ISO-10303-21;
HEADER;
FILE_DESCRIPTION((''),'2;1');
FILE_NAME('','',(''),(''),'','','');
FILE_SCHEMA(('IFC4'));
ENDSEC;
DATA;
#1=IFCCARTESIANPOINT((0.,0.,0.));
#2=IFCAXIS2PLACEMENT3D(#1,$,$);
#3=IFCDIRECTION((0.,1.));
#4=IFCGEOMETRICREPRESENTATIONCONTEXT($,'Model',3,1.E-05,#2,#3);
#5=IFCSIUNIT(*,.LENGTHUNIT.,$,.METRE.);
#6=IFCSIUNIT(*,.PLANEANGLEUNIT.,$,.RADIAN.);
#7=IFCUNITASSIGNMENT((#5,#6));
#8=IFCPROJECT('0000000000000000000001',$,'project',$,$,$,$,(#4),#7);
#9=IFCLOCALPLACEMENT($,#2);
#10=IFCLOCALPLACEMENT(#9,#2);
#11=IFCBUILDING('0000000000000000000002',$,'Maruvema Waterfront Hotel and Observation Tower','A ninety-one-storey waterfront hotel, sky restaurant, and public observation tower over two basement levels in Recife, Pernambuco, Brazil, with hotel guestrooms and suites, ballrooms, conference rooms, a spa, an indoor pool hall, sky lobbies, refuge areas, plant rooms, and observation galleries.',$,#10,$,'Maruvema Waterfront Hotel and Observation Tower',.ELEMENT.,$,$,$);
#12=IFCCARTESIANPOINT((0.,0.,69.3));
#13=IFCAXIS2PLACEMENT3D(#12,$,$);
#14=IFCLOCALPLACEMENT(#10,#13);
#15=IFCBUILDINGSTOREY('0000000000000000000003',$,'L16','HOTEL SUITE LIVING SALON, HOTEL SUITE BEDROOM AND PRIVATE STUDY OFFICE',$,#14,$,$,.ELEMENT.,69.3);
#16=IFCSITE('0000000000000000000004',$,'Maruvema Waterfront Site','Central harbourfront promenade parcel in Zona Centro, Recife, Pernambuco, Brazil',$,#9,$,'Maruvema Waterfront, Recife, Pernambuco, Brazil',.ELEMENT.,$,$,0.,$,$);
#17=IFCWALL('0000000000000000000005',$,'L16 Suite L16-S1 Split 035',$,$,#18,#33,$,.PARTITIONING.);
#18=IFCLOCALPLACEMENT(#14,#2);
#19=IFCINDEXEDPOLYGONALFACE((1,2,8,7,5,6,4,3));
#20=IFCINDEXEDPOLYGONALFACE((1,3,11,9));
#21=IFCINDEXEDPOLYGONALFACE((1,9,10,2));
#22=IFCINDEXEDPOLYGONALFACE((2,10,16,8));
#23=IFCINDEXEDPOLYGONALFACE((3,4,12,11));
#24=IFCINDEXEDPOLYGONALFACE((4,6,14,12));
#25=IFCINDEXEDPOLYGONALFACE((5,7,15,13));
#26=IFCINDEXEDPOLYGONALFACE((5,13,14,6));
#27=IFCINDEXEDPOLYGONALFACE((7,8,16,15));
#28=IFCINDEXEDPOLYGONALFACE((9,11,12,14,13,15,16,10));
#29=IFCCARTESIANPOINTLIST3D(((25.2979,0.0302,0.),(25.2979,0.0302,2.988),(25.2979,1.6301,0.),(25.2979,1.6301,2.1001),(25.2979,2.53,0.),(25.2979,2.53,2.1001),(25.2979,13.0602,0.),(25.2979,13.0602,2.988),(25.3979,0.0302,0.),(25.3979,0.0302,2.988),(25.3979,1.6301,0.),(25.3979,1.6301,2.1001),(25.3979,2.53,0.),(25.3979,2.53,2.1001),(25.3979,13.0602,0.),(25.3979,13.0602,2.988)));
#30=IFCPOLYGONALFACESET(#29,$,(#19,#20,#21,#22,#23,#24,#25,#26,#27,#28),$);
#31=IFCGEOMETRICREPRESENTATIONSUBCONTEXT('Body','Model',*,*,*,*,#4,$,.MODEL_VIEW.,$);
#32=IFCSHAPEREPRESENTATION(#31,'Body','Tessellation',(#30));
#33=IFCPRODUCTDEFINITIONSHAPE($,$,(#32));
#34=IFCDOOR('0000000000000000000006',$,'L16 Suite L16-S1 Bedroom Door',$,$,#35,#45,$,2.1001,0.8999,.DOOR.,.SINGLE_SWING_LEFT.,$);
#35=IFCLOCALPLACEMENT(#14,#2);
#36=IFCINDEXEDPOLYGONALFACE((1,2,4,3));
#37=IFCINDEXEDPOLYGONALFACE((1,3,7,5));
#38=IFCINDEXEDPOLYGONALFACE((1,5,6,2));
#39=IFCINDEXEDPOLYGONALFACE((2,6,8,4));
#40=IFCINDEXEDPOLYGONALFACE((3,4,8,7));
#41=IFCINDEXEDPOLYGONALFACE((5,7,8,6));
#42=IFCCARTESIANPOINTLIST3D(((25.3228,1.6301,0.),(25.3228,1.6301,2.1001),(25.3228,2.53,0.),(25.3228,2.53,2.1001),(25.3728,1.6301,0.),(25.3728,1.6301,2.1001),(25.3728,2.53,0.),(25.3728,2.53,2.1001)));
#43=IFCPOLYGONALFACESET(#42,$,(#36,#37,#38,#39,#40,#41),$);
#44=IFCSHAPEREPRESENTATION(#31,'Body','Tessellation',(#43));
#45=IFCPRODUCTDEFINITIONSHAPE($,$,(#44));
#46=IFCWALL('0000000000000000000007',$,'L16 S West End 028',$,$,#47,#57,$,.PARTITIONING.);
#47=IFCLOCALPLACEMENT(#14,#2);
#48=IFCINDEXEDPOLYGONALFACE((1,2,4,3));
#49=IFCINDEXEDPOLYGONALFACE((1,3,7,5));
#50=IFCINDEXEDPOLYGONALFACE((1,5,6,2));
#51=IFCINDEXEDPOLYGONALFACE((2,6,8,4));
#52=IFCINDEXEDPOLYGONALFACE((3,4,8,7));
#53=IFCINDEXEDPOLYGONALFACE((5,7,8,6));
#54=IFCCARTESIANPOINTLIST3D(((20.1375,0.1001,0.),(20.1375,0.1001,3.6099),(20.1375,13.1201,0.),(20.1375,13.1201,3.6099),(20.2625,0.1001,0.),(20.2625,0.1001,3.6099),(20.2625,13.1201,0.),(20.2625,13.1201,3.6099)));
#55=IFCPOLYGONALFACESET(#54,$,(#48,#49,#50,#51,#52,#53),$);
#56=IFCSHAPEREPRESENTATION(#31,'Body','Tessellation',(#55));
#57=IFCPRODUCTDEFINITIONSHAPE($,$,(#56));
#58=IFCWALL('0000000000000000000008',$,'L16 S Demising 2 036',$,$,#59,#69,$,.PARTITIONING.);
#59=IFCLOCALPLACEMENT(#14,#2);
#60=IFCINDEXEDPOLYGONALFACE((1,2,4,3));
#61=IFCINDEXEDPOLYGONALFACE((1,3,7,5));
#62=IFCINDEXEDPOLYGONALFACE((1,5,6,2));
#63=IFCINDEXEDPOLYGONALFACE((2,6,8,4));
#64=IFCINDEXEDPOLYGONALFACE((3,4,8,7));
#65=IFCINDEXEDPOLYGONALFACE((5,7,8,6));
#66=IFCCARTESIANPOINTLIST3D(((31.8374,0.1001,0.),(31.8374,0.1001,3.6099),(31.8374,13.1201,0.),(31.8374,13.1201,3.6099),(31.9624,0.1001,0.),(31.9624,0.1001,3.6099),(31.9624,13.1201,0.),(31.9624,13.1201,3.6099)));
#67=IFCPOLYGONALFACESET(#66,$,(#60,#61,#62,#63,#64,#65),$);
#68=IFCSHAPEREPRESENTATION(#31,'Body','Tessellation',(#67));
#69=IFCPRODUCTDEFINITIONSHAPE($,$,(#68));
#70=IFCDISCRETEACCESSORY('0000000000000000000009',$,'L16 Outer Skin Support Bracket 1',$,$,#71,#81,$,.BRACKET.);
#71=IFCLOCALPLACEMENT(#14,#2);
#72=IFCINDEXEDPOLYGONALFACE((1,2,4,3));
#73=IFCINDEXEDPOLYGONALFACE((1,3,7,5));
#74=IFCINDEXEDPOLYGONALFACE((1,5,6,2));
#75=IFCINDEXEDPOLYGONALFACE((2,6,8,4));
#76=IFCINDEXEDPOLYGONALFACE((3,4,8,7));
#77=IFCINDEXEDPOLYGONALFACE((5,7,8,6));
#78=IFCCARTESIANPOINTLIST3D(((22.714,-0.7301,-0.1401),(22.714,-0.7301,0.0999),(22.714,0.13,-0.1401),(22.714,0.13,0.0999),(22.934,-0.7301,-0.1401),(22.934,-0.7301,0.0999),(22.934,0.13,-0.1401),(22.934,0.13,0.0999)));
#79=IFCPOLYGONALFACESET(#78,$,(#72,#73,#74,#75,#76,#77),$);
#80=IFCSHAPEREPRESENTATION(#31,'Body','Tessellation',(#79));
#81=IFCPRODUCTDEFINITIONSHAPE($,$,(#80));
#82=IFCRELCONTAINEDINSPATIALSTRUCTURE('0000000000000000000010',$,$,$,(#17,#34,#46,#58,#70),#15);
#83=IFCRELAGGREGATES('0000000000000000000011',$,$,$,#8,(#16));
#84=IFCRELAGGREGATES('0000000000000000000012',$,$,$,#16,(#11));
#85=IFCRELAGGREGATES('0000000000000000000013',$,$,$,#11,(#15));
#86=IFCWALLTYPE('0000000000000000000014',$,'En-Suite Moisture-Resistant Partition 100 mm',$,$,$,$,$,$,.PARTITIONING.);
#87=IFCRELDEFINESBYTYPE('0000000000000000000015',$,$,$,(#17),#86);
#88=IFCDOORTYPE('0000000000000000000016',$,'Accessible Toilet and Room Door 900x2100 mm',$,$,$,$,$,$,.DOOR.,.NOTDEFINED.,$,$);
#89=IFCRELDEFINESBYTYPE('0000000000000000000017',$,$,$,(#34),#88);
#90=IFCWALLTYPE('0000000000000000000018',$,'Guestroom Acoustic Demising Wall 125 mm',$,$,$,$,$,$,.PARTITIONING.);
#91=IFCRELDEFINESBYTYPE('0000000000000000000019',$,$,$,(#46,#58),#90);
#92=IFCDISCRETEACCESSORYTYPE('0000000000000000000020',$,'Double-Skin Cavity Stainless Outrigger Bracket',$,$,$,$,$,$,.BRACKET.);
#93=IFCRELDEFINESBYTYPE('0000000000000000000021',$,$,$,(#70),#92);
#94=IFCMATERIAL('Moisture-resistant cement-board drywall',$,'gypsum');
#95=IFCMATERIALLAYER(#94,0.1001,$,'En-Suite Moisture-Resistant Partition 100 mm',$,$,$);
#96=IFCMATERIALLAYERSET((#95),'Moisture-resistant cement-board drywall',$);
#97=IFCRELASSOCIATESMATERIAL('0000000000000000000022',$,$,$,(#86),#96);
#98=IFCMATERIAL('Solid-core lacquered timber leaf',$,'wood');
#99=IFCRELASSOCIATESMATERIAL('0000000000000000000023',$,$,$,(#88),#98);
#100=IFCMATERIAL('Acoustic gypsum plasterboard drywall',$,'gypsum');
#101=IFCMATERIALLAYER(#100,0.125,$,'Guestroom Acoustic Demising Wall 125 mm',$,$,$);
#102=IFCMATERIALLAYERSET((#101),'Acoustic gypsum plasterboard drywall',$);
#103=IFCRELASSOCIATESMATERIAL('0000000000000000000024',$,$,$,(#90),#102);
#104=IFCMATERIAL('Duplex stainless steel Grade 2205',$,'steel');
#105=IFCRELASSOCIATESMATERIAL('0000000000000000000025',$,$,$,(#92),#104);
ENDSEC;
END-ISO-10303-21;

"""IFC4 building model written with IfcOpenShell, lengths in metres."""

from ifc_helpers import new_model, si_unit, direction, frame, frame_2d, origin, origin_2d, place, context, subcontext, project, spatial, rectangle, extrude, material, layer, layer_set, type_object, element, fill, save


model = new_model("IFC4")

# Units and contexts
model_context = context("Model", 3, precision=1e-05, world=origin(), true_north=direction((0.0, 1.0)))
body_context = subcontext(model_context, "Body", "Model", "MODEL_VIEW")
ifc_project = project(units=[si_unit("LENGTHUNIT", "METRE"), si_unit("PLANEANGLEUNIT", "RADIAN")], contexts=[model_context])

# Site, building, storey
site_placement = place(None, origin())
site = spatial("IfcSite", under=ifc_project, at=site_placement, Name="Maruvema Waterfront Site", Description="Central harbourfront promenade parcel in Zona Centro, Recife, Pernambuco, Brazil", LongName="Maruvema Waterfront, Recife, Pernambuco, Brazil", CompositionType="ELEMENT", RefElevation=0.0)
building_placement = place(site_placement, origin())
building = spatial("IfcBuilding", under=site, at=building_placement, Name="Maruvema Waterfront Hotel and Observation Tower", Description="A ninety-one-storey waterfront hotel, sky restaurant, and public observation tower over two basement levels in Recife, Pernambuco, Brazil, with hotel guestrooms and suites, ballrooms, conference rooms, a spa, an indoor pool hall, sky lobbies, refuge areas, plant rooms, and observation galleries.", LongName="Maruvema Waterfront Hotel and Observation Tower", CompositionType="ELEMENT")
storey_placement = place(building_placement, frame((0.0, 0.0, 69.3)))
storey = spatial("IfcBuildingStorey", under=building, at=storey_placement, Name="L16", Description="HOTEL SUITE LIVING SALON, HOTEL SUITE BEDROOM AND PRIVATE STUDY OFFICE", CompositionType="ELEMENT", Elevation=69.3)

# Wall, opening, door
ifc_material_1 = material(Name="Moisture-resistant cement-board drywall", Category="gypsum")
ifc_layer_1 = layer(ifc_material_1, 0.1001, Name="En-Suite Moisture-Resistant Partition 100 mm")
ifc_layer_set_1 = layer_set([ifc_layer_1], Name="Moisture-resistant cement-board drywall")
wall_type_1 = type_object("IfcWallType", Name="En-Suite Moisture-Resistant Partition 100 mm", PredefinedType="PARTITIONING", material=ifc_layer_set_1)
wall_placement = place(storey_placement, frame((25.3479, 0.03, 0.0), z_axis=(0.0, 0.0, 1.0), x_axis=(0.0, 1.0, 0.0)))
wall = element("IfcWall", 1, at=wall_placement, inside=storey, type_object=wall_type_1, Name="L16 Suite L16-S1 Split 035", PredefinedType="PARTITIONING", context=body_context, shape_type="SweptSolid", body=[
    extrude(rectangle(XDim=13.03, YDim=0.1001, at=frame_2d((6.5151, 0.0))), origin(), (0.0, 0.0, 1.0), 2.988),
])
opening_placement = place(wall_placement, frame((1.6001, 0.0, 0.0)))
opening = element("IfcOpeningElement", 2, at=opening_placement, cuts=wall, PredefinedType="OPENING", context=body_context, shape_type="SweptSolid", body=[
    extrude(rectangle(XDim=0.8999, YDim=2.1001, at=frame_2d((0.45, 1.05))), frame((0.0, 0.0601, 0.0), z_axis=(0.0, -1.0, 0.0), x_axis=(1.0, 0.0, 0.0)), (0.0, 0.0, 1.0), 0.1201),
])
ifc_material_2 = material(Name="Solid-core lacquered timber leaf", Category="wood")
door_type = type_object("IfcDoorType", Name="Accessible Toilet and Room Door 900x2100 mm", OperationType="NOTDEFINED", PredefinedType="DOOR", material=ifc_material_2)
door_placement = place(opening_placement, frame((0.8999, 0.0, 0.0), z_axis=(0.0, 0.0, 1.0), x_axis=(-1.0, 0.0, 0.0)))
door = element("IfcDoor", 3, at=door_placement, inside=storey, type_object=door_type, Name="L16 Suite L16-S1 Bedroom Door", OperationType="SINGLE_SWING_LEFT", OverallHeight=2.1001, OverallWidth=0.8999, PredefinedType="DOOR", context=body_context, shape_type="SweptSolid", body=[
    extrude(rectangle(XDim=0.8999, YDim=2.1001, at=frame_2d((0.45, 1.05))), frame((0.0, 0.0249, 0.0), z_axis=(0.0, -1.0, 0.0), x_axis=(1.0, 0.0, 0.0)), (0.0, 0.0, 1.0), 0.05),
])
fill(opening, door)

# Walls
ifc_material_3 = material(Name="Acoustic gypsum plasterboard drywall", Category="gypsum")
ifc_layer_2 = layer(ifc_material_3, 0.125, Name="Guestroom Acoustic Demising Wall 125 mm")
ifc_layer_set_2 = layer_set([ifc_layer_2], Name="Acoustic gypsum plasterboard drywall")
wall_type_2 = type_object("IfcWallType", Name="Guestroom Acoustic Demising Wall 125 mm", PredefinedType="PARTITIONING", material=ifc_layer_set_2)
for number, where, z_axis, x_axis, name in (
    (4, (20.2, 0.1001, 0.0), (0.0, 0.0, 1.0), (0.0, 1.0, 0.0), "L16 S West End 028"),
    (5, (31.8999, 0.1001, 0.0), (0.0, 0.0, 1.0), (0.0, 1.0, 0.0), "L16 S Demising 2 036"),
):
    element("IfcWall", number, at=place(storey_placement, frame(where, z_axis=z_axis, x_axis=x_axis)), inside=storey, type_object=wall_type_2, Name=name, PredefinedType="PARTITIONING", context=body_context, shape_type="SweptSolid", body=[
        extrude(rectangle(XDim=13.02, YDim=0.125, at=frame_2d((6.51, 0.0))), origin(), (0.0, 0.0, 1.0), 3.6099),
    ])

# Discrete accessory
ifc_material_4 = material(Name="Duplex stainless steel Grade 2205", Category="steel")
discrete_accessory_type = type_object("IfcDiscreteAccessoryType", Name="Double-Skin Cavity Stainless Outrigger Bracket", PredefinedType="BRACKET", material=ifc_material_4)
discrete_accessory_placement = place(storey_placement, frame((22.824, -0.3, -0.1401), z_axis=(0.0, 0.0, 1.0), x_axis=(1.0, 0.0, 0.0)))
element("IfcDiscreteAccessory", 6, at=discrete_accessory_placement, inside=storey, type_object=discrete_accessory_type, Name="L16 Outer Skin Support Bracket 1", PredefinedType="BRACKET", context=body_context, shape_type="SweptSolid", body=[
    extrude(rectangle(XDim=0.22, YDim=0.8601, at=origin_2d()), origin(), (0.0, 0.0, 1.0), 0.24),
])

save(model, "model.ifc")
